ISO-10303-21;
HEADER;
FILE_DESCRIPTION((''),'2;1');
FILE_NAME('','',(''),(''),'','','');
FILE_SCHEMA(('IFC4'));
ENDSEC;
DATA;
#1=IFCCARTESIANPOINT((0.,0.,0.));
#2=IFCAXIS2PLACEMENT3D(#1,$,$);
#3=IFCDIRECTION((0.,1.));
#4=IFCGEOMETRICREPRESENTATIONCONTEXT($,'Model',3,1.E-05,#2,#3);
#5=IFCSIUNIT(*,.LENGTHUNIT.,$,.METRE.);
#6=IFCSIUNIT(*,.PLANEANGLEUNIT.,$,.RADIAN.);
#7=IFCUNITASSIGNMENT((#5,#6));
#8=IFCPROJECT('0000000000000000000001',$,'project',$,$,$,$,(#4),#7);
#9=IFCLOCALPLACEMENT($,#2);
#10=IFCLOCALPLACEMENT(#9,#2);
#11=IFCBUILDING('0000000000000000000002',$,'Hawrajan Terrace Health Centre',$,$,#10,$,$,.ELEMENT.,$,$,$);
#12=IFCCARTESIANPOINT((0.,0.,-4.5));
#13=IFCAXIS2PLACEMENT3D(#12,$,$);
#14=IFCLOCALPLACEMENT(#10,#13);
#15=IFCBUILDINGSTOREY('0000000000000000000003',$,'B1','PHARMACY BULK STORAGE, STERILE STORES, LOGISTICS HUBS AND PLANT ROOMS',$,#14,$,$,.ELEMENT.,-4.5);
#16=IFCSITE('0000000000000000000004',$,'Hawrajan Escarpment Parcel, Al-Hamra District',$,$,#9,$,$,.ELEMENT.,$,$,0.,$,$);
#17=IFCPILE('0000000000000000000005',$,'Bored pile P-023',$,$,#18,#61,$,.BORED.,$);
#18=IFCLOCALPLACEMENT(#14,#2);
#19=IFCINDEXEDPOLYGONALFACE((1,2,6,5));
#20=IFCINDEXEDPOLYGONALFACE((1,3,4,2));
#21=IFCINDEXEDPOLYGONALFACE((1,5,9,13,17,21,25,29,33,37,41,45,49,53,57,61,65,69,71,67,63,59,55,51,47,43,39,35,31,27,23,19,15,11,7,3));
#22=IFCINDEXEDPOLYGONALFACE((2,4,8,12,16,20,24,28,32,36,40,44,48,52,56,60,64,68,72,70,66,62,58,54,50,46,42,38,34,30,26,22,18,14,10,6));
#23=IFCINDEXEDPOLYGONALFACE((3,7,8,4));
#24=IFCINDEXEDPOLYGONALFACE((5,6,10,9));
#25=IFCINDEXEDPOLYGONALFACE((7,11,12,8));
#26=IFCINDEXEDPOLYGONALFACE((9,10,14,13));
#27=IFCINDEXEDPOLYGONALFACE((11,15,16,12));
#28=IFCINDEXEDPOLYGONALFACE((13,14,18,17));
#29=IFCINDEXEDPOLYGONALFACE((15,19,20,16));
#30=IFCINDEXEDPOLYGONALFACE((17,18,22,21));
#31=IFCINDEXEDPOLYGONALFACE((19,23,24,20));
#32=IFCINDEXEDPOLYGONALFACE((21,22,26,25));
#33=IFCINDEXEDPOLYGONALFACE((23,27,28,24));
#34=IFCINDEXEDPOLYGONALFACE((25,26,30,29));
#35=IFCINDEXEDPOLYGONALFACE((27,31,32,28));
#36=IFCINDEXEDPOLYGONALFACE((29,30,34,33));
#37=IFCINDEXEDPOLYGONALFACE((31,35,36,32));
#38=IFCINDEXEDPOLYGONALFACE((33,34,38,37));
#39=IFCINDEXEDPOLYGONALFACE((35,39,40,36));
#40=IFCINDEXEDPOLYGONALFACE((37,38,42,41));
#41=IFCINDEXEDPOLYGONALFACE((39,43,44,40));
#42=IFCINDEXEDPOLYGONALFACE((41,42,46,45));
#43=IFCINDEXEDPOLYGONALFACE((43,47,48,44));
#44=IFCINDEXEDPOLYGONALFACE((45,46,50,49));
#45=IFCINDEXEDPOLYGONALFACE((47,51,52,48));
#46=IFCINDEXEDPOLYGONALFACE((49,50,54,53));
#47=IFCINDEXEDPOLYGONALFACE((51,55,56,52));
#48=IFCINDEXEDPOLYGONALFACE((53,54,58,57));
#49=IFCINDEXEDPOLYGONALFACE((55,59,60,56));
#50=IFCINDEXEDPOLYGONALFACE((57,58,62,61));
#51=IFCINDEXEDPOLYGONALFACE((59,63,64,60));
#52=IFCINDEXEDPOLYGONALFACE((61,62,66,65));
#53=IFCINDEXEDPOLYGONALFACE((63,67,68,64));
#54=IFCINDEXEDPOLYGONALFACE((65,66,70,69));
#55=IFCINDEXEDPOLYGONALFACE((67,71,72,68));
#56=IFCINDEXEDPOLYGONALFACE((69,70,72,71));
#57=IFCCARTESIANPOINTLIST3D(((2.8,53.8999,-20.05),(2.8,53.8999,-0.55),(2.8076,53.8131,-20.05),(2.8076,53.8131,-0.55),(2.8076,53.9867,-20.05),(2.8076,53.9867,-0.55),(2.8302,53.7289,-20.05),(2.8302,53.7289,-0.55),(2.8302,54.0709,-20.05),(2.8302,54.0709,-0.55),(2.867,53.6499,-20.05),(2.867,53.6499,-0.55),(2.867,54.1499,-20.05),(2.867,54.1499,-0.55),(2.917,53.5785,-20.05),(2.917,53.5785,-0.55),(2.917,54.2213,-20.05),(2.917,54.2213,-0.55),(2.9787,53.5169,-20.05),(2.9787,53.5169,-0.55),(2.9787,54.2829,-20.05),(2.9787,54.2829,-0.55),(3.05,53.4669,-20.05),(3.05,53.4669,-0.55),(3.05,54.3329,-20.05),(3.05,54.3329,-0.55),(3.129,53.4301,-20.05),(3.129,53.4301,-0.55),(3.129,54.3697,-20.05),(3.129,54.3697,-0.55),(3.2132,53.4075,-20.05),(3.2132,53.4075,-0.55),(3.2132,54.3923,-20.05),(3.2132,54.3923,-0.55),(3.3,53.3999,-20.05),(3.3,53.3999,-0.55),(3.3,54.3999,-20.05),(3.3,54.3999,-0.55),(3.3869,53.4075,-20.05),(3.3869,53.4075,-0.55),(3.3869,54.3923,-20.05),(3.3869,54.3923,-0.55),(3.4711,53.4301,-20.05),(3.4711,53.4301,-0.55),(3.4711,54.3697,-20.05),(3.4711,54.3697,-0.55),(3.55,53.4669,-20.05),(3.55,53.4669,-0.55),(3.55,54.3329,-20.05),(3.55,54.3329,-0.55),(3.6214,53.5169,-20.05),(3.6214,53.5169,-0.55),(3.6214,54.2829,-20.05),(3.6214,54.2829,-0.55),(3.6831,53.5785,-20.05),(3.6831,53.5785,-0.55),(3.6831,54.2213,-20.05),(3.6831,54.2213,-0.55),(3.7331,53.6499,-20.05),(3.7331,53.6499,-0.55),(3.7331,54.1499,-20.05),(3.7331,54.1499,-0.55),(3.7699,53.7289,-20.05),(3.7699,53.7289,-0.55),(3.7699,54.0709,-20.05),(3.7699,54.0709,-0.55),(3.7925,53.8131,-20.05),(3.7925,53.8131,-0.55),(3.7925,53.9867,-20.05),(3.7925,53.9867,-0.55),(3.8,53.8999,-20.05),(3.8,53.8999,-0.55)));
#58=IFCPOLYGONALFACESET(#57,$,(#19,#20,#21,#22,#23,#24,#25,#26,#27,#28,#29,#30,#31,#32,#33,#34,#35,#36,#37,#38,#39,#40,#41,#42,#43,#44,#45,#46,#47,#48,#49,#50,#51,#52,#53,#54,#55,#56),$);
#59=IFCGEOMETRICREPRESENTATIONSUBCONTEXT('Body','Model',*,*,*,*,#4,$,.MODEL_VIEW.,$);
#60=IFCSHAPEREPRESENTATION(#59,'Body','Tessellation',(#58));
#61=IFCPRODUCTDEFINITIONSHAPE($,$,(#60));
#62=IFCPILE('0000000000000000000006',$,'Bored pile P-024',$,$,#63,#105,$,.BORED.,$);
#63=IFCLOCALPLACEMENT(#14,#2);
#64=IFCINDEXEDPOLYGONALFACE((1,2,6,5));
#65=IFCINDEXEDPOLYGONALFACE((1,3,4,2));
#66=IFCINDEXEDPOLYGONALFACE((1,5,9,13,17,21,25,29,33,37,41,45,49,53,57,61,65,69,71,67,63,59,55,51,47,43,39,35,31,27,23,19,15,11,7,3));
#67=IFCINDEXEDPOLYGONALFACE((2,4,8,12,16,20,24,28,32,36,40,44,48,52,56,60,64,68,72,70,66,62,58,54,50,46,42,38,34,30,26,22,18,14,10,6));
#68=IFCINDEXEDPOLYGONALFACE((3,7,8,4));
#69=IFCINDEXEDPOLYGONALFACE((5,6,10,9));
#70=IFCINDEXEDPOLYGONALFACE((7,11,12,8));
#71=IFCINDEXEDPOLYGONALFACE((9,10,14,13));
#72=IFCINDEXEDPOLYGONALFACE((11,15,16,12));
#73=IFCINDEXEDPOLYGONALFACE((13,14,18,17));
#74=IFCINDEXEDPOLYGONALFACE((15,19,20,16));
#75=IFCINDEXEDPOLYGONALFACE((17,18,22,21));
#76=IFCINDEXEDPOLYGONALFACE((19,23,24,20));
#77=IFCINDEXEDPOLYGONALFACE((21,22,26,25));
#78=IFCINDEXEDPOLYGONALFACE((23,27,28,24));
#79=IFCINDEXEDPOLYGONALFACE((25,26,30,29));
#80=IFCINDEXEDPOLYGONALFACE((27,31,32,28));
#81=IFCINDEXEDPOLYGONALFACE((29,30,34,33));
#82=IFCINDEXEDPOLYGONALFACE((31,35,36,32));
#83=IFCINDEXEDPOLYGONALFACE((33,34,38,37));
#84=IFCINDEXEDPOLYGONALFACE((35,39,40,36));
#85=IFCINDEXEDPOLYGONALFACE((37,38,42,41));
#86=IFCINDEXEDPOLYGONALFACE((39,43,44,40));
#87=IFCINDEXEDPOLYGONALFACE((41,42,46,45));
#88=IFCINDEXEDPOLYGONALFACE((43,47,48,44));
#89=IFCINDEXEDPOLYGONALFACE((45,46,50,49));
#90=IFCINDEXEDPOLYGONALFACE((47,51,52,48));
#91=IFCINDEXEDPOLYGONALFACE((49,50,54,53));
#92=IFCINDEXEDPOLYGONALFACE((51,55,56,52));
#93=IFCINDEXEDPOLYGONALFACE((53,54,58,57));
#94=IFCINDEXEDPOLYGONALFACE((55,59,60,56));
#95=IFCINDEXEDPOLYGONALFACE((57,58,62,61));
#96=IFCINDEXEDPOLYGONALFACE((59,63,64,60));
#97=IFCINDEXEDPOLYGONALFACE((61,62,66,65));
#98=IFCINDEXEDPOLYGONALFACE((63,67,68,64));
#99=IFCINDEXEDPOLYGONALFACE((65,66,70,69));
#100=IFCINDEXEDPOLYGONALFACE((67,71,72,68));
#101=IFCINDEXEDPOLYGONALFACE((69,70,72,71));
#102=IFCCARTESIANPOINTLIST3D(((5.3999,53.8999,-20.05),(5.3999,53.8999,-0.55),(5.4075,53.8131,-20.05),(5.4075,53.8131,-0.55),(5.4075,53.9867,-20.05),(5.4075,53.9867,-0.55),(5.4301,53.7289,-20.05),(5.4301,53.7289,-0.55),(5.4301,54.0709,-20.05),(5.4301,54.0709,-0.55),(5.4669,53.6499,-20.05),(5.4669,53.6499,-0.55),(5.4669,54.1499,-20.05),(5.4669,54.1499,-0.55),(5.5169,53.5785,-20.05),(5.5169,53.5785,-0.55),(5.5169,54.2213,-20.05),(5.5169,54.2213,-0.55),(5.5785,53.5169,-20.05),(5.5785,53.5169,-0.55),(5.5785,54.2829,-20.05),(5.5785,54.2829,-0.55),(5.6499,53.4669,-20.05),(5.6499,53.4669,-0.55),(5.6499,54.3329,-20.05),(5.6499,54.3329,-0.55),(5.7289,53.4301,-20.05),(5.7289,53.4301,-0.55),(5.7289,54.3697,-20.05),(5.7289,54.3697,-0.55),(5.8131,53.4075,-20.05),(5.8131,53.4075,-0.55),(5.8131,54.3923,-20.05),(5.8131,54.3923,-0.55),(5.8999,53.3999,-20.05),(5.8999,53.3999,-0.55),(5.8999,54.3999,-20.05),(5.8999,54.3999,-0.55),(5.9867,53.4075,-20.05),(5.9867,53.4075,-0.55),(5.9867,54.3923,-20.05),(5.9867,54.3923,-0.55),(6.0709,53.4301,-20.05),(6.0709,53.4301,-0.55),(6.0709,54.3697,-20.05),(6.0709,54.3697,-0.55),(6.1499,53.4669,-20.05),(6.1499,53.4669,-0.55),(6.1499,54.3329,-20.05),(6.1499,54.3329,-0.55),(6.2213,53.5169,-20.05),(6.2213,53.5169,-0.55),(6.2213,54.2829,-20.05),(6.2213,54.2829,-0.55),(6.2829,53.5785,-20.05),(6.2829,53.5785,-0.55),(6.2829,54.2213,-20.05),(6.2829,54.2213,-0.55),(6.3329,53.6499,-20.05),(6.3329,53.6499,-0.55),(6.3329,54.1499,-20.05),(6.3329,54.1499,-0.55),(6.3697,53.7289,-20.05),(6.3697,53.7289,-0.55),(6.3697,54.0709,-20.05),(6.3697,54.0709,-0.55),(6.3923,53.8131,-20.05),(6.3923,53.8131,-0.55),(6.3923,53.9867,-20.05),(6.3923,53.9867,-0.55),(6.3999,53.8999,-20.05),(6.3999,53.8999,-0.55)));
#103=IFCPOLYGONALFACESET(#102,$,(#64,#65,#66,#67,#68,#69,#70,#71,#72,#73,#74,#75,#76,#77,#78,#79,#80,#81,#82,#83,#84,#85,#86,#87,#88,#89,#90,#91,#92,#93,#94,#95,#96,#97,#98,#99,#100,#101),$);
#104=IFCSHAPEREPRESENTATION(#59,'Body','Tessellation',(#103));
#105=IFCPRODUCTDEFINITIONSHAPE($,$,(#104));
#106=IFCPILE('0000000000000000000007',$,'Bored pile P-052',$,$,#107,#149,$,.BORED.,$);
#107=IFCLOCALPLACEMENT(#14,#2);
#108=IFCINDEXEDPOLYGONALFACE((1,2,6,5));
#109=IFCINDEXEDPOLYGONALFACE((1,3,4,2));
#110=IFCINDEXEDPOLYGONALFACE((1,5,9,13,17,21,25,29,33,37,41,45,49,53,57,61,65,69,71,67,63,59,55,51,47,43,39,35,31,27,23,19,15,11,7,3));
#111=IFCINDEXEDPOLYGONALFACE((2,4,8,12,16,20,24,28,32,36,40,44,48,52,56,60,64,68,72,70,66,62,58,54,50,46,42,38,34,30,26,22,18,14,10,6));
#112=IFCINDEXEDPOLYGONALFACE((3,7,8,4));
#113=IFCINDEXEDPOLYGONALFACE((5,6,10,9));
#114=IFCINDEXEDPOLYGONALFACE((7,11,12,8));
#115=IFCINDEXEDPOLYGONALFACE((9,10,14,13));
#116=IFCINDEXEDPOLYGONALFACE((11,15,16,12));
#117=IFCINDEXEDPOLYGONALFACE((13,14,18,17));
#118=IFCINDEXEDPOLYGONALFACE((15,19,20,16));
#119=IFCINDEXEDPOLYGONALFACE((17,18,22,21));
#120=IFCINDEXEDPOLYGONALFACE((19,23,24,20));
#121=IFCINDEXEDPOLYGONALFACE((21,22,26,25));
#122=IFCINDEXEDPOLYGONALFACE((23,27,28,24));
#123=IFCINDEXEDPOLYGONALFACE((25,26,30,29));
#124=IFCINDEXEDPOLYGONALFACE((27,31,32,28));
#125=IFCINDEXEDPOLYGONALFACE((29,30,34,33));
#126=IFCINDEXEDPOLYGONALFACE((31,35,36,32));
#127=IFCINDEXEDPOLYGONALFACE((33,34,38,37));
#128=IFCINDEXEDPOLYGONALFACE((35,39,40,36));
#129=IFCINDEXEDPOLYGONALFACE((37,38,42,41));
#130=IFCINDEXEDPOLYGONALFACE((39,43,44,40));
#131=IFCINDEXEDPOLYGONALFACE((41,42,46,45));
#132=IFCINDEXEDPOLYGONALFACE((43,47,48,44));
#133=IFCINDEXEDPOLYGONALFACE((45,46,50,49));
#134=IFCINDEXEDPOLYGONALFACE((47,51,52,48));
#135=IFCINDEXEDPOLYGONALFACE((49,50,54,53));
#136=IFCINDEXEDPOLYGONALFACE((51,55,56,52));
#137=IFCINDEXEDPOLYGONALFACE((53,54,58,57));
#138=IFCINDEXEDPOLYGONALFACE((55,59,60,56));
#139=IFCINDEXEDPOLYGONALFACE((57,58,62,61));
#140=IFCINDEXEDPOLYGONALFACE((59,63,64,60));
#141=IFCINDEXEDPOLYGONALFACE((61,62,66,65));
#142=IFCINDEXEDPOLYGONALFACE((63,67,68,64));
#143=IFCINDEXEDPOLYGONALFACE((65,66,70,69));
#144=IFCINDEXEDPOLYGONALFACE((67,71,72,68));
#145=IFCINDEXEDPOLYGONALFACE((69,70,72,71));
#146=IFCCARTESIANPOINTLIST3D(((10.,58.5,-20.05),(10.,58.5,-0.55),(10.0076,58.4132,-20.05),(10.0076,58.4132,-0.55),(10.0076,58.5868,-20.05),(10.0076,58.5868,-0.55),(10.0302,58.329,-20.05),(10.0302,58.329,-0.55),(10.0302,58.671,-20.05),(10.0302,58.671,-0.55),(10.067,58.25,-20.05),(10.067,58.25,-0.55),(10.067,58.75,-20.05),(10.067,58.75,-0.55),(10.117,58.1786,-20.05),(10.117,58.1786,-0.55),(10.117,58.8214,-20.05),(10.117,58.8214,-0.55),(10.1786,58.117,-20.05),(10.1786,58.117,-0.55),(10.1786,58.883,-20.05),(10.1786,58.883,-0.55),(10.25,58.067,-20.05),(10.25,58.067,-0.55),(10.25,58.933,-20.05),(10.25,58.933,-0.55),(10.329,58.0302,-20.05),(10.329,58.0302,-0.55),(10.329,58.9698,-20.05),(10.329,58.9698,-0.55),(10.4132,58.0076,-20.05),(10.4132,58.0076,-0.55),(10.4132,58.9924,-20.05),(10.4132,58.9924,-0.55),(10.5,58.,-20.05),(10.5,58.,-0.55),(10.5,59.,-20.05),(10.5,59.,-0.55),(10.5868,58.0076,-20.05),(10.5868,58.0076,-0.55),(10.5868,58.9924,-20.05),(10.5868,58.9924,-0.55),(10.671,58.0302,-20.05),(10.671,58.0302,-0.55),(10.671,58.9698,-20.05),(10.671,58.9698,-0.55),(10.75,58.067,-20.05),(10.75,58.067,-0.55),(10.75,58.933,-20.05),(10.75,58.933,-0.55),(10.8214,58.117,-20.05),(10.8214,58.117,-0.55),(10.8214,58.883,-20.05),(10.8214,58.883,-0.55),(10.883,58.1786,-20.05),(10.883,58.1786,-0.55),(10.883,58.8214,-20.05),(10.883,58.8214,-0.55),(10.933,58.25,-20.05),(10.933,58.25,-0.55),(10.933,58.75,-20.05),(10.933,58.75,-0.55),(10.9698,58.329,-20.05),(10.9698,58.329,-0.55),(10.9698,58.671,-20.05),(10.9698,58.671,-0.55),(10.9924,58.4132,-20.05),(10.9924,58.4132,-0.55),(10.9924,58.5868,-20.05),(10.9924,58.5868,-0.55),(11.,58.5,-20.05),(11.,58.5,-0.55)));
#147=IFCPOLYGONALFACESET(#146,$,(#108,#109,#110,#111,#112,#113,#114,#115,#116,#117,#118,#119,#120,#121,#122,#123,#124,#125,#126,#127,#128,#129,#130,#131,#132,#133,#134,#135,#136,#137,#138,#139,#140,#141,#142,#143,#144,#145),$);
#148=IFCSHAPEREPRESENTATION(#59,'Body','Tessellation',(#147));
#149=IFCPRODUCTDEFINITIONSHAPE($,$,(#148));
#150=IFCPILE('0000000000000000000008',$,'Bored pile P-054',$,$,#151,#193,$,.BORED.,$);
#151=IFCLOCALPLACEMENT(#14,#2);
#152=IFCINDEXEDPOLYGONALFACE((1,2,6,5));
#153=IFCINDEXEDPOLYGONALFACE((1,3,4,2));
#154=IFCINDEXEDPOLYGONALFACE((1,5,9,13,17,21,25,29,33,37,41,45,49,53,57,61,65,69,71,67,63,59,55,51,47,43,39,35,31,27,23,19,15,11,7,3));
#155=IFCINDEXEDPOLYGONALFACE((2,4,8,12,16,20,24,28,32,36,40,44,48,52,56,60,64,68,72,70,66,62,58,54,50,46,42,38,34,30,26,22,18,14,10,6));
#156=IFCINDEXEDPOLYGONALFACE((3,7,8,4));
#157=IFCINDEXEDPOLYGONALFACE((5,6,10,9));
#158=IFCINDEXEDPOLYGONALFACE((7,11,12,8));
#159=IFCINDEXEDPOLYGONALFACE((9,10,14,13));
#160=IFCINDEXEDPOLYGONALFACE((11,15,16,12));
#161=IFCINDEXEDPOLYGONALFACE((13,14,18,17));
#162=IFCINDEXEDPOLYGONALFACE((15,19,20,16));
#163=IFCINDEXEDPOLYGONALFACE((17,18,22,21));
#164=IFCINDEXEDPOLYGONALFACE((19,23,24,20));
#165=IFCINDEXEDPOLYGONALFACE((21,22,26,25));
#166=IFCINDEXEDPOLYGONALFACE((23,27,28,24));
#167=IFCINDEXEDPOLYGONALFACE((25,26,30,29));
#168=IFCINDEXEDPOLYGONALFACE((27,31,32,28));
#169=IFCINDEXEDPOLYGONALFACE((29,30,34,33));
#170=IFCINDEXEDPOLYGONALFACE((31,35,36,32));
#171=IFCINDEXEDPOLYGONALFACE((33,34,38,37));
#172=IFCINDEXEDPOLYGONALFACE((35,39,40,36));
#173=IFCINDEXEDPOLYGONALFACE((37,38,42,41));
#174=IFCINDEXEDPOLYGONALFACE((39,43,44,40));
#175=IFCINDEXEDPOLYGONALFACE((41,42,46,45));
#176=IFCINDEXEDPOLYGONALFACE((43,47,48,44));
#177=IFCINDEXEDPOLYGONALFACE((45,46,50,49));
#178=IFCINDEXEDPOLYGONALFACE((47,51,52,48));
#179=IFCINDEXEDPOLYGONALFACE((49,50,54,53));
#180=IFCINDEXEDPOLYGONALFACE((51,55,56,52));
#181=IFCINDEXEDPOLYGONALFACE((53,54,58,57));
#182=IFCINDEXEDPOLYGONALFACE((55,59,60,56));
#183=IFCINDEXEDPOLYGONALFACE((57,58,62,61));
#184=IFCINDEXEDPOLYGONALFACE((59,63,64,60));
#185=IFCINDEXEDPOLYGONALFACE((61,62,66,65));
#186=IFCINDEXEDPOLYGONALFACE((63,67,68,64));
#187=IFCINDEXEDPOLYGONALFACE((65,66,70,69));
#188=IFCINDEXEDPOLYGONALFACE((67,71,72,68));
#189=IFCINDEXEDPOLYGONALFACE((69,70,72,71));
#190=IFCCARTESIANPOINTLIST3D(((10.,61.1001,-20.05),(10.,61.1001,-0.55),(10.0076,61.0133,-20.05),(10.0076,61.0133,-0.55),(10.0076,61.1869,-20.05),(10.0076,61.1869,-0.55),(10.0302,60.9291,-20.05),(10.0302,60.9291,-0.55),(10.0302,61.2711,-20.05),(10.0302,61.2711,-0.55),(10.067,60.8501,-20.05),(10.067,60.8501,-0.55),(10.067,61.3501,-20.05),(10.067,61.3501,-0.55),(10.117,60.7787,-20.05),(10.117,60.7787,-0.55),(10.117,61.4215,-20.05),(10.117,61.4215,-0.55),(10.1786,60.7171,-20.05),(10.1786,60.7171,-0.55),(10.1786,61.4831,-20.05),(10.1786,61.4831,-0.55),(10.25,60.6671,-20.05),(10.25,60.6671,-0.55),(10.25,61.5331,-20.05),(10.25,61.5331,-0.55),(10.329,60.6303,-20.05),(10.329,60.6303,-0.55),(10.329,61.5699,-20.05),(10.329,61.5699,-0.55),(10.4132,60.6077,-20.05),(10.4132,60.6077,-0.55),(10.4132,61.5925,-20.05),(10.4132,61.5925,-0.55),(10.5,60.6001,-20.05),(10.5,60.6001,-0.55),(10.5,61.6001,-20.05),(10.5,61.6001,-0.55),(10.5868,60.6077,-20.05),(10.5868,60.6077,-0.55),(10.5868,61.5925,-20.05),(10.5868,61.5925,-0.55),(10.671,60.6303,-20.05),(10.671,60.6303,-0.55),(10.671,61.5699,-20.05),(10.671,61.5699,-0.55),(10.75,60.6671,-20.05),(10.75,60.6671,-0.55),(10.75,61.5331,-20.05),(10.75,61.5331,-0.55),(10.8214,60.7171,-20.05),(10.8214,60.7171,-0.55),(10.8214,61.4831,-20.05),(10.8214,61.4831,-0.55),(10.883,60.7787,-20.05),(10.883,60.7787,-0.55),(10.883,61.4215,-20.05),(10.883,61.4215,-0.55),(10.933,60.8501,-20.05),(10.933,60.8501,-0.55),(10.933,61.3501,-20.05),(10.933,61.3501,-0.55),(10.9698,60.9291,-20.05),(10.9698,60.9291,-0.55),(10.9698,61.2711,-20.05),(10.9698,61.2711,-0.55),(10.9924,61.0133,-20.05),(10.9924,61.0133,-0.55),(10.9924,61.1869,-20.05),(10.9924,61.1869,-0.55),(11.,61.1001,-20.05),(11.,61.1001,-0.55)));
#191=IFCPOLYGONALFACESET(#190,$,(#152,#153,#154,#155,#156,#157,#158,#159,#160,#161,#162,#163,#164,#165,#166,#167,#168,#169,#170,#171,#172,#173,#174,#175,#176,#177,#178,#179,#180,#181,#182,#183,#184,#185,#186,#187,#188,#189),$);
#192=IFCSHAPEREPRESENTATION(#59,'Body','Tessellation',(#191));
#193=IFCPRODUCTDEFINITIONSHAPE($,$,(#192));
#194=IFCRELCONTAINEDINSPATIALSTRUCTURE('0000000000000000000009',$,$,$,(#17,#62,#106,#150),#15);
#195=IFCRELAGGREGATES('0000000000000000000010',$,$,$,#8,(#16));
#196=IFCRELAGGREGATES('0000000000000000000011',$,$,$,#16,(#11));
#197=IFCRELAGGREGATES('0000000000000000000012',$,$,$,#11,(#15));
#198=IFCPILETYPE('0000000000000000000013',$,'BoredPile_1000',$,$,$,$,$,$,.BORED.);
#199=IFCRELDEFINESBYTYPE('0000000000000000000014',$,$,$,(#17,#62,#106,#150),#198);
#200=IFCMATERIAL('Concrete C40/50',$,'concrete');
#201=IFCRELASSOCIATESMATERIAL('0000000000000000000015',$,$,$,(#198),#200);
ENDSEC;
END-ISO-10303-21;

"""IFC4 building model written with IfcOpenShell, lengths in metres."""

from ifc_helpers import new_model, si_unit, direction, frame, origin, origin_2d, place, context, subcontext, project, spatial, circle, extrude, material, material_profile, profile_set, type_object, element, save


model = new_model("IFC4")

# Units and contexts
model_context = context("Model", 3, precision=1e-05, world=origin(), true_north=direction((0.0, 1.0)))
body_context = subcontext(model_context, "Body", "Model", "MODEL_VIEW")
ifc_project = project(units=[si_unit("LENGTHUNIT", "METRE"), si_unit("PLANEANGLEUNIT", "RADIAN")], contexts=[model_context])

# Site, building, storey
site_placement = place(None, origin())
site = spatial("IfcSite", under=ifc_project, at=site_placement, Name="Hawrajan Escarpment Parcel, Al-Hamra District", CompositionType="ELEMENT", RefElevation=0.0)
building_placement = place(site_placement, origin())
building = spatial("IfcBuilding", under=site, at=building_placement, Name="Hawrajan Terrace Health Centre", CompositionType="ELEMENT")
storey_placement = place(building_placement, frame((0.0, 0.0, -4.5)))
storey = spatial("IfcBuildingStorey", under=building, at=storey_placement, Name="B1", Description="PHARMACY BULK STORAGE, STERILE STORES, LOGISTICS HUBS AND PLANT ROOMS", CompositionType="ELEMENT", Elevation=-4.5)

# Piles
ifc_material_1 = material(Name="Concrete C40/50", Category="concrete")
ifc_material_profile_1 = material_profile(ifc_material_1, circle(Radius=0.5, at=origin_2d()), Name="BP 1000")
ifc_profile_set_1 = profile_set([ifc_material_profile_1], Name="Concrete C40/50")
pile_type_1 = type_object("IfcPileType", Name="BoredPile_1000", PredefinedType="BORED", material=ifc_profile_set_1)
for number, where, z_axis, x_axis, name in (
    (1, (3.3, 53.8999, -0.55), (0.0, 0.0, -1.0), (1.0, 0.0, 0.0), "Bored pile P-023"),
    (2, (5.8999, 53.8999, -0.55), (0.0, 0.0, -1.0), (1.0, 0.0, 0.0), "Bored pile P-024"),
    (3, (10.5, 58.5, -0.55), (0.0, 0.0, -1.0), (1.0, 0.0, 0.0), "Bored pile P-052"),
    (4, (10.5, 61.1001, -0.55), (0.0, 0.0, -1.0), (1.0, 0.0, 0.0), "Bored pile P-054"),
):
    element("IfcPile", number, at=place(storey_placement, frame(where, z_axis=z_axis, x_axis=x_axis)), inside=storey, type_object=pile_type_1, Name=name, PredefinedType="BORED", context=body_context, shape_type="SweptSolid", body=[
        extrude(circle(Radius=0.5, at=origin_2d()), origin(), (0.0, 0.0, 1.0), 19.5),
    ])

save(model, "model.ifc")
